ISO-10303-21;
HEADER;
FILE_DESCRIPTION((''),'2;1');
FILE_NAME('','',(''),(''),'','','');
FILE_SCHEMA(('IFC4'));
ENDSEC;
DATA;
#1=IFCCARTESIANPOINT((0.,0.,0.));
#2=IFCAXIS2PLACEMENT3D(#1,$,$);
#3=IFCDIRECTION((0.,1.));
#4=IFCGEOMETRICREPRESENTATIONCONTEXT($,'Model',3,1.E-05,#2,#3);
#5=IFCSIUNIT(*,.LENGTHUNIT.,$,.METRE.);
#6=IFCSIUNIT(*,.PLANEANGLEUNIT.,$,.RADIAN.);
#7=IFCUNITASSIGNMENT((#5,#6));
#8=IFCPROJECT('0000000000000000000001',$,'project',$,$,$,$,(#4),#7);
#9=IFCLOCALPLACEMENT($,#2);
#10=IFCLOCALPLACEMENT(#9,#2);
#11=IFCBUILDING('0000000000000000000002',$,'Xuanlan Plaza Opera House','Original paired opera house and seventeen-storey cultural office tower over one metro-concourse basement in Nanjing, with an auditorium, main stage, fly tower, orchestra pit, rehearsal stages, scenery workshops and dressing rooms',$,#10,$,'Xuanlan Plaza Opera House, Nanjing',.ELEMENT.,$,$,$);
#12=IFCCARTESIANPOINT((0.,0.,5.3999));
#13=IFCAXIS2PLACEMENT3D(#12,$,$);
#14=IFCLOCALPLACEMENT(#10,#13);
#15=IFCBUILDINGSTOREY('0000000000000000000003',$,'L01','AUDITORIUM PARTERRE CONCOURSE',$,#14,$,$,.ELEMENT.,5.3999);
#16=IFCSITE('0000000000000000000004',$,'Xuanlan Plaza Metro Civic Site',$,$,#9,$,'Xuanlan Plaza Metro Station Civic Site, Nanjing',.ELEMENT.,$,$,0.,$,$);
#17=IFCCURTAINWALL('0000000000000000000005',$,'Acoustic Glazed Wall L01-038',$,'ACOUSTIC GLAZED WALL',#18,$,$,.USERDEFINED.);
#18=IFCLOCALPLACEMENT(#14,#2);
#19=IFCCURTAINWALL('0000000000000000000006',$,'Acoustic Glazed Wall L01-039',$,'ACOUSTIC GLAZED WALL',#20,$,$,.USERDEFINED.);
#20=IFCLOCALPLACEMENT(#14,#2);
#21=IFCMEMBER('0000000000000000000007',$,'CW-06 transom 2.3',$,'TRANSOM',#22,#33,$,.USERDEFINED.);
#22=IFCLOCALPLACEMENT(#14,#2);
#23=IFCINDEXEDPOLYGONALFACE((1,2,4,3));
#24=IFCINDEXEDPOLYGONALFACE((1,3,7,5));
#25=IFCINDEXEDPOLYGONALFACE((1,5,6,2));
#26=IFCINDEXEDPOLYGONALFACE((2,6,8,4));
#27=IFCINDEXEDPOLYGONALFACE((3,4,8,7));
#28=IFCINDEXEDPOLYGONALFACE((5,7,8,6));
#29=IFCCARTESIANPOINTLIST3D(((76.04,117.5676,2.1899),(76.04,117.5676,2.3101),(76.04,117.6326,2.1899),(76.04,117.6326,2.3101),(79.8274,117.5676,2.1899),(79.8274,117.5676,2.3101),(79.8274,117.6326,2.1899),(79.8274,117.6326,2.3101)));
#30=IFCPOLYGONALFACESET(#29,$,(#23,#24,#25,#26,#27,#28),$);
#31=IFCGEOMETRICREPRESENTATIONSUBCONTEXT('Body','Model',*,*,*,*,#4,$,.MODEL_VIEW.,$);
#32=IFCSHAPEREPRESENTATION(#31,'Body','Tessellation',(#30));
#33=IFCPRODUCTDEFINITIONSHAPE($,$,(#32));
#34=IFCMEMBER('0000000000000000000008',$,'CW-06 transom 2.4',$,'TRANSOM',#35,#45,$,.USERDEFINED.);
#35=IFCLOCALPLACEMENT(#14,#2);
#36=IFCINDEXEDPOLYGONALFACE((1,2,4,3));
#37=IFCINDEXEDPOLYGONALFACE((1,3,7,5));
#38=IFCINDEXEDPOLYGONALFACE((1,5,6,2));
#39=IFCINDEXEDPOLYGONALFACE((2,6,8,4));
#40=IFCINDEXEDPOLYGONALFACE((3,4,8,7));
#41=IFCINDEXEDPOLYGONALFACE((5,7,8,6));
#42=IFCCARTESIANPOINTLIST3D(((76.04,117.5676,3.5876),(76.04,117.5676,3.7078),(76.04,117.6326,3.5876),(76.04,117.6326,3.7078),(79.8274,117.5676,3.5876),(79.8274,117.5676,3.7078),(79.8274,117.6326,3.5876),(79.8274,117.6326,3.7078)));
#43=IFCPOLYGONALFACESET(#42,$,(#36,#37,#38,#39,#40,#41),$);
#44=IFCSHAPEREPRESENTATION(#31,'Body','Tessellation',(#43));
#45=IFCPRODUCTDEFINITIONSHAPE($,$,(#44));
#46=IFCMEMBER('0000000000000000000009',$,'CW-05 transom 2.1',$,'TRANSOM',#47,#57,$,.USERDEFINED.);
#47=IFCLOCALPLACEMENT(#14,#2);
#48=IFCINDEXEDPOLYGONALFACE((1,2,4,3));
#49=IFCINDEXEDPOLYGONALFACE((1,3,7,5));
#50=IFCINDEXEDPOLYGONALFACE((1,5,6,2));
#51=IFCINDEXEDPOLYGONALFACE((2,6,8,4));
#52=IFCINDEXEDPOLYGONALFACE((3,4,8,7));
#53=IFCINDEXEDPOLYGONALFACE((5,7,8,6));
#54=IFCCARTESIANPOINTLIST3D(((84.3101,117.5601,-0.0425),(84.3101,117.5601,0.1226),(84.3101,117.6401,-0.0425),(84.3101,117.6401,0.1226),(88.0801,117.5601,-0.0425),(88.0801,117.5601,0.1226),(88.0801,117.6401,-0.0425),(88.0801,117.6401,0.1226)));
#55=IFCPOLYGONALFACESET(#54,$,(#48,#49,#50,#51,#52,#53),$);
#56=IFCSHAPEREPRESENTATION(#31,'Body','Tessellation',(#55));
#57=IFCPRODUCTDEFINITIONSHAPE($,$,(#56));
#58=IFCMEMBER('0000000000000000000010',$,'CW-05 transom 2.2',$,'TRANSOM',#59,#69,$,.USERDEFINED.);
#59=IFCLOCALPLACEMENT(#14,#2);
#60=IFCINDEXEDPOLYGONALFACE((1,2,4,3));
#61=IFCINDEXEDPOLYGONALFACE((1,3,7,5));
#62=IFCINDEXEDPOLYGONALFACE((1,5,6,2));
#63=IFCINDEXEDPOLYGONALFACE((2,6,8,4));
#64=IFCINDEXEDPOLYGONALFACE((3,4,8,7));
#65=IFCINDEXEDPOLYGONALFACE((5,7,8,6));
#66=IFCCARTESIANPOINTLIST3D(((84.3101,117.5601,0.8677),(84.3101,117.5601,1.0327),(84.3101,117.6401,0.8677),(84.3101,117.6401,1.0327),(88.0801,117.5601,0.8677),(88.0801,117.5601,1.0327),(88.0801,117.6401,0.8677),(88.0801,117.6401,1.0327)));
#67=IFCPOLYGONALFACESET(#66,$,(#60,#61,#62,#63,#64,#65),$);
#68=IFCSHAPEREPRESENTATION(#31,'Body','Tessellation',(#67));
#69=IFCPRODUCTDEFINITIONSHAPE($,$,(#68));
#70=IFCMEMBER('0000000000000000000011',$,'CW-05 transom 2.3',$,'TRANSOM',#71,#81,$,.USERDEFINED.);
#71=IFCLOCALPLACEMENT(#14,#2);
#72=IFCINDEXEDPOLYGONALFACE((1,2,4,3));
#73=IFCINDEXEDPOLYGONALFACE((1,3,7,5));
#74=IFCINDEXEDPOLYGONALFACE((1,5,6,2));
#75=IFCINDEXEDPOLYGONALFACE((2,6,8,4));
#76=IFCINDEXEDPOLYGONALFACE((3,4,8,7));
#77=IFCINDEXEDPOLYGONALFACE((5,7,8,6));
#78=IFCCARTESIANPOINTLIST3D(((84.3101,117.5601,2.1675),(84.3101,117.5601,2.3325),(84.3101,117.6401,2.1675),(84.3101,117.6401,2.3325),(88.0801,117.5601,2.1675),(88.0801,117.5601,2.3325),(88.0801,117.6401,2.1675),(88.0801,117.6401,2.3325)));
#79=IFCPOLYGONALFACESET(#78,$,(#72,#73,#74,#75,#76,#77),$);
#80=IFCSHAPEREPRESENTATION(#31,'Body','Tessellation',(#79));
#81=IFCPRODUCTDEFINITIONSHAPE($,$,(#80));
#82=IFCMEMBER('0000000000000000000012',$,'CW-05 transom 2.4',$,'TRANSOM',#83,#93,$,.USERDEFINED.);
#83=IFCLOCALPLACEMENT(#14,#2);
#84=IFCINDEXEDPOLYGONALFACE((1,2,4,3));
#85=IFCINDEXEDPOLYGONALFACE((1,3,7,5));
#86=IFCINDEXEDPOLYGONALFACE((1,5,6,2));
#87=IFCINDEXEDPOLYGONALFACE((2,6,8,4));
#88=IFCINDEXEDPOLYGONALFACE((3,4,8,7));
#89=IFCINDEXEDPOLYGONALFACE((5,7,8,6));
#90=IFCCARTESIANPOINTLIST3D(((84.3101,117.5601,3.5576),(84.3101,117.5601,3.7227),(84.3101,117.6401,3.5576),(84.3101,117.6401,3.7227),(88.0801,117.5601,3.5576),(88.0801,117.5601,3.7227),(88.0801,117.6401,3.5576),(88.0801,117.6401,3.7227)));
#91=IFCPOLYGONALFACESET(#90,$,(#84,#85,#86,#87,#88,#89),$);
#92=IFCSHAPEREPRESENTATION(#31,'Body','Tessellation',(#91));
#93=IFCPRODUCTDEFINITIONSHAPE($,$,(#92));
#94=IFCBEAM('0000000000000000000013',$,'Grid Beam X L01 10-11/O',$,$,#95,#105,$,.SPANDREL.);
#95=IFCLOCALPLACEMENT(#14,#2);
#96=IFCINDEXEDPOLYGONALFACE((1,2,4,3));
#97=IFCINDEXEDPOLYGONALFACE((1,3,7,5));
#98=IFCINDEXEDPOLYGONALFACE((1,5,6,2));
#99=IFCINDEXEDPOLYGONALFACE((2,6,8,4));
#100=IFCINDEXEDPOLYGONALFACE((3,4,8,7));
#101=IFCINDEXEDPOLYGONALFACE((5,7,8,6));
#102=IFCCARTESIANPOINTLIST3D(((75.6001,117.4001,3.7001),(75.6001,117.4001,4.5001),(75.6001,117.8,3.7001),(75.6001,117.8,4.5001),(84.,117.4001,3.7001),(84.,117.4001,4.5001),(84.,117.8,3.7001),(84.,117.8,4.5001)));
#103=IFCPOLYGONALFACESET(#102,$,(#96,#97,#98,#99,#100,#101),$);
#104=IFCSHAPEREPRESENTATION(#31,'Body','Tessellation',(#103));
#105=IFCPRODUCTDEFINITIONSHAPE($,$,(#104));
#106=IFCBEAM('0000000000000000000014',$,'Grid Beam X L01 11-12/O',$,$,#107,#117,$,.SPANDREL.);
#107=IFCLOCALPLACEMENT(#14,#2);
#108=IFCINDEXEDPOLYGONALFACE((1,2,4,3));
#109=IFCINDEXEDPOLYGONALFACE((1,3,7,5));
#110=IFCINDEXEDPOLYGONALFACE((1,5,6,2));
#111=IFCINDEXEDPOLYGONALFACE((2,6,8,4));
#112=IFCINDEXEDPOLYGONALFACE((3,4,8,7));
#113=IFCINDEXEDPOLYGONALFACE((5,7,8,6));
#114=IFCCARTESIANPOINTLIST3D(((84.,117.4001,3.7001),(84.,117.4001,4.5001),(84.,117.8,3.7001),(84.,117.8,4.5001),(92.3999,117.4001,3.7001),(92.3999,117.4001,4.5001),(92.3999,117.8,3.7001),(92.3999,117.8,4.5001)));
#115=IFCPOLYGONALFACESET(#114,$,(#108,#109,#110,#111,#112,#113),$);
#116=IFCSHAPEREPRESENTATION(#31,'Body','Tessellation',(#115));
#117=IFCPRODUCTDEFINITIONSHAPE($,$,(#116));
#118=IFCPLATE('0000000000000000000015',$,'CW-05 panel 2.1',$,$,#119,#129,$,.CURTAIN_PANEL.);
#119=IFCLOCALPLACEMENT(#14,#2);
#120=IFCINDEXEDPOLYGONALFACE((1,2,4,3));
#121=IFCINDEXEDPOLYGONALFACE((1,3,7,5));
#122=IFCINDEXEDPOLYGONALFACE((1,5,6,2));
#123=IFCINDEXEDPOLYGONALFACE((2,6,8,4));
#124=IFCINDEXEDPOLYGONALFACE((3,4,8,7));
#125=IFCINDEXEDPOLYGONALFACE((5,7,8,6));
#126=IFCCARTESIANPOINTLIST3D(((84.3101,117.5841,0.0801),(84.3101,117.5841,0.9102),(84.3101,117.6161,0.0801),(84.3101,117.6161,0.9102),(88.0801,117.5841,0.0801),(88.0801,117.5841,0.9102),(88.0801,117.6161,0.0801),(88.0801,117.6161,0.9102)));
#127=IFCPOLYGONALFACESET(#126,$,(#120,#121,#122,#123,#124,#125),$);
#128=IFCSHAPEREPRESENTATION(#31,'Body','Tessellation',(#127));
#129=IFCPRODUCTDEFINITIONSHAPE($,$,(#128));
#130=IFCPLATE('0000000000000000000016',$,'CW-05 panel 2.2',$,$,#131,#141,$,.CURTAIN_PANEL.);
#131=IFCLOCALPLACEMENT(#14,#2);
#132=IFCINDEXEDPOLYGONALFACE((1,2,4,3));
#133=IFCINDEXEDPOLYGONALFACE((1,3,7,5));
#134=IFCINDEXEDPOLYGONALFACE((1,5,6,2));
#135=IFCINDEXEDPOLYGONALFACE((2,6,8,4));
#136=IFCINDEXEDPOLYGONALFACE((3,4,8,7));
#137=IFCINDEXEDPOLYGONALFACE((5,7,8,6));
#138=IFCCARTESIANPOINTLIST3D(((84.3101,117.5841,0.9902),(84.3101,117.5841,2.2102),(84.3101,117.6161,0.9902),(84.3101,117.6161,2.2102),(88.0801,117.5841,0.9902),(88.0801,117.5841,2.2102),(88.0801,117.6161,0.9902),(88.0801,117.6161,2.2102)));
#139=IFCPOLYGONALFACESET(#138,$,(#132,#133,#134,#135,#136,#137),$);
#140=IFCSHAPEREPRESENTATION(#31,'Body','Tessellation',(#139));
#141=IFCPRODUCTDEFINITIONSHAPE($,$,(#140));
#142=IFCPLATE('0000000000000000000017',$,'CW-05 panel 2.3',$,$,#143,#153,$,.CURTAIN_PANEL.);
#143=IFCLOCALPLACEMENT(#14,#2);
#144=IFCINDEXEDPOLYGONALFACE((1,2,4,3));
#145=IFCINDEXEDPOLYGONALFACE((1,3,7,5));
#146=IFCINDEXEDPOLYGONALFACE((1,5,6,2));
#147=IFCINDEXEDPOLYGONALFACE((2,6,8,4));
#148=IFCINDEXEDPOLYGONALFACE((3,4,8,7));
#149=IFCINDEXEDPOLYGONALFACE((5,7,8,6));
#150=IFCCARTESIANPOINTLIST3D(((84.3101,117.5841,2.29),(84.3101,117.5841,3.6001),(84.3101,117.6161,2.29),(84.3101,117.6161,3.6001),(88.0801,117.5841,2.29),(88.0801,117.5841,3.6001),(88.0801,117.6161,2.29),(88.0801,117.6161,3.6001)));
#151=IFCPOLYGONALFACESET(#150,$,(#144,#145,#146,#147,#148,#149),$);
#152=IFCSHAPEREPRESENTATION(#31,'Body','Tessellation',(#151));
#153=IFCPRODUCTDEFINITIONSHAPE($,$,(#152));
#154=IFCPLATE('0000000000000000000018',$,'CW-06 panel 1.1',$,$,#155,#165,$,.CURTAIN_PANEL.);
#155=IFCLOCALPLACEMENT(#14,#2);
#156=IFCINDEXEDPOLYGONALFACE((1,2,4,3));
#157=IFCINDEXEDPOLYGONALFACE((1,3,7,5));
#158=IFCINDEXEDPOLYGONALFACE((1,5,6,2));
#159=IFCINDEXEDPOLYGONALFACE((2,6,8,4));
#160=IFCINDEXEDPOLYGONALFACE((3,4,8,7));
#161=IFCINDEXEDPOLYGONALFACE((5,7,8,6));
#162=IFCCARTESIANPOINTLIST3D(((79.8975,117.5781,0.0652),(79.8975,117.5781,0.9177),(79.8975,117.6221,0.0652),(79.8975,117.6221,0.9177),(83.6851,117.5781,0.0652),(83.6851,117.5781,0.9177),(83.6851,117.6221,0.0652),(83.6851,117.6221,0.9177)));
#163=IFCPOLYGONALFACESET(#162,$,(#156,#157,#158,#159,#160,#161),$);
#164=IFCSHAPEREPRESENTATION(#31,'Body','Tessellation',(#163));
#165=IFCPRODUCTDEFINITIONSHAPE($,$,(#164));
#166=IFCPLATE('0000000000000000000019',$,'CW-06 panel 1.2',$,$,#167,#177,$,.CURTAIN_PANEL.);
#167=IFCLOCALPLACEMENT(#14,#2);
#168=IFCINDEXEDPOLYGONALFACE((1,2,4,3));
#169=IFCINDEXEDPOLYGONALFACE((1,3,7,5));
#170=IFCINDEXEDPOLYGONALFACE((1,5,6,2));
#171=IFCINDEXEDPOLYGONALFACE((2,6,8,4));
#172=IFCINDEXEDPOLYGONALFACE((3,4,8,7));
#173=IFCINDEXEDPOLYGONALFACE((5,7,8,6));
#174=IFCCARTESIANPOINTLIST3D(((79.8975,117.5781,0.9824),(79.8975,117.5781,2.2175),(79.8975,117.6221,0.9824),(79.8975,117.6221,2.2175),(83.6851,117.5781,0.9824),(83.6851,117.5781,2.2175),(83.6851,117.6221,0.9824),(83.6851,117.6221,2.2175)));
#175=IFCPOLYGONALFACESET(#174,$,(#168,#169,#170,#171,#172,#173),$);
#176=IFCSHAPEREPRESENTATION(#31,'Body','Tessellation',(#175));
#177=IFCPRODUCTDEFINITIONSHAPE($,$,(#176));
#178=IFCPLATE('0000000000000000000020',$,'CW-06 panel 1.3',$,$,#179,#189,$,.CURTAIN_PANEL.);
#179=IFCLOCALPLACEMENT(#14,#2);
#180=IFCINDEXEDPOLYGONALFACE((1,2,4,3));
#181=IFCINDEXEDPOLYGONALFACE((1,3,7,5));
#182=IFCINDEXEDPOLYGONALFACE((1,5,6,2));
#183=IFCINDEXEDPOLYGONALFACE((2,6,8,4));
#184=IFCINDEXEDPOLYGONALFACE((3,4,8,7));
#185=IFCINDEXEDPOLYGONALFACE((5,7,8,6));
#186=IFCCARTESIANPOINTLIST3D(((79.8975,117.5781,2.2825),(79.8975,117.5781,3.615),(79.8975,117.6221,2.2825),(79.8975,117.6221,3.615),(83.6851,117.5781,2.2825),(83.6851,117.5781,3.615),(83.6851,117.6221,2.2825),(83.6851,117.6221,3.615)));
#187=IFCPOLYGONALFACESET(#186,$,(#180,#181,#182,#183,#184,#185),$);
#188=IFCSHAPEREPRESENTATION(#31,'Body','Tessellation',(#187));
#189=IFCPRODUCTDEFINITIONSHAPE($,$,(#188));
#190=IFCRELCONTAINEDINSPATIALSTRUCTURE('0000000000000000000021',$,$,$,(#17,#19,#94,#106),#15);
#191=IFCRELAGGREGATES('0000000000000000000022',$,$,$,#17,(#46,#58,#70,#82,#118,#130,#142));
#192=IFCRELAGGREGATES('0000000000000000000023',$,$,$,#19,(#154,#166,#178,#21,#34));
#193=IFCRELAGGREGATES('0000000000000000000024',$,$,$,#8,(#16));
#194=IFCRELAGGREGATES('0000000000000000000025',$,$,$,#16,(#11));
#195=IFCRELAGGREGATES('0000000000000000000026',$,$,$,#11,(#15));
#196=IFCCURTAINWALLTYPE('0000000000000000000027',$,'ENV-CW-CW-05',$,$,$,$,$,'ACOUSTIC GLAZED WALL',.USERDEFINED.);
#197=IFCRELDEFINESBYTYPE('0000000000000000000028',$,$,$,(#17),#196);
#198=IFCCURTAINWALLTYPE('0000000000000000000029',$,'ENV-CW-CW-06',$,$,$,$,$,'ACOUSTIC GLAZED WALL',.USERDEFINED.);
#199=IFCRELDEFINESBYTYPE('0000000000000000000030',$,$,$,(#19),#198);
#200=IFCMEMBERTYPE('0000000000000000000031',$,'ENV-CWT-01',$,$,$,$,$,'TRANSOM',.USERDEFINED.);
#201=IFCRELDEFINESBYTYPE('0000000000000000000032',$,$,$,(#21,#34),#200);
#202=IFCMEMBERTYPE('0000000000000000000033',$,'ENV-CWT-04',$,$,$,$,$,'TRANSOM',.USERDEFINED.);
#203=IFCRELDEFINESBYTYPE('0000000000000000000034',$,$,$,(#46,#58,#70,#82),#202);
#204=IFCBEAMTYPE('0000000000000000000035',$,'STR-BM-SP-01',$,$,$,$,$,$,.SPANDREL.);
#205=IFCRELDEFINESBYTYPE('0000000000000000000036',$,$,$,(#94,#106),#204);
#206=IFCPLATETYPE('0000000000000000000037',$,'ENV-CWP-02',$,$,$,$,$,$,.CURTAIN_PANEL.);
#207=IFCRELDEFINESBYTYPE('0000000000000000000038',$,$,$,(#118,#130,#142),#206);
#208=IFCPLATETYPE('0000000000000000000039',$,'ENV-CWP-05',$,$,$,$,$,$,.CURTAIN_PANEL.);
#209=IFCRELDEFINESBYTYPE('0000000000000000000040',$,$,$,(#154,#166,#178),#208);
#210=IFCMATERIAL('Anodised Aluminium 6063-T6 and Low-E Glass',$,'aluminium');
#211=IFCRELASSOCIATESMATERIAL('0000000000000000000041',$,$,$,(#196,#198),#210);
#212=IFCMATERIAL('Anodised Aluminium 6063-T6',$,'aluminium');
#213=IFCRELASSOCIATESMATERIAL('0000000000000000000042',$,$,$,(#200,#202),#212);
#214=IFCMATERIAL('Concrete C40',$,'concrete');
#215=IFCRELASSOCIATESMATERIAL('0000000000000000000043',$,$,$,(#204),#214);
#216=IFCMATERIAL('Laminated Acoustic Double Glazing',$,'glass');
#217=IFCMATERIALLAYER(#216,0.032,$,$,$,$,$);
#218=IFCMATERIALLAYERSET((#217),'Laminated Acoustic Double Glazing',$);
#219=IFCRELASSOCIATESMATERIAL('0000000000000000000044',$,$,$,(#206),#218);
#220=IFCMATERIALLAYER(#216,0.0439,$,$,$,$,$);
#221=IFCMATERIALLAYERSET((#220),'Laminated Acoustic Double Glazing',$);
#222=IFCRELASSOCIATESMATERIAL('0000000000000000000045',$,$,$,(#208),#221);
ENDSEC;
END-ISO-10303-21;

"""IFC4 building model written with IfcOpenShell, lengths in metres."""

from ifc_helpers import new_model, si_unit, direction, frame, origin, origin_2d, place, context, subcontext, project, spatial, rectangle, extrude, material, layer, layer_set, material_profile, profile_set, type_object, element, aggregate, save


model = new_model("IFC4")

# Units and contexts
model_context = context("Model", 3, precision=1e-05, world=origin(), true_north=direction((0.0, 1.0)))
body_context = subcontext(model_context, "Body", "Model", "MODEL_VIEW")
ifc_project = project(units=[si_unit("LENGTHUNIT", "METRE"), si_unit("PLANEANGLEUNIT", "RADIAN")], contexts=[model_context])

# Site, building, storey
site_placement = place(None, origin())
site = spatial("IfcSite", under=ifc_project, at=site_placement, Name="Xuanlan Plaza Metro Civic Site", LongName="Xuanlan Plaza Metro Station Civic Site, Nanjing", CompositionType="ELEMENT", RefElevation=0.0)
building_placement = place(site_placement, origin())
building = spatial("IfcBuilding", under=site, at=building_placement, Name="Xuanlan Plaza Opera House", Description="Original paired opera house and seventeen-storey cultural office tower over one metro-concourse basement in Nanjing, with an auditorium, main stage, fly tower, orchestra pit, rehearsal stages, scenery workshops and dressing rooms", LongName="Xuanlan Plaza Opera House, Nanjing", CompositionType="ELEMENT")
storey_placement = place(building_placement, frame((0.0, 0.0, 5.3999)))
storey = spatial("IfcBuildingStorey", under=building, at=storey_placement, Name="L01", Description="AUDITORIUM PARTERRE CONCOURSE", CompositionType="ELEMENT", Elevation=5.3999)

# Shared definitions
ifc_material_1 = material(Name="Concrete C40", Category="concrete")

# Curtain walls
ifc_material_2 = material(Name="Anodised Aluminium 6063-T6 and Low-E Glass", Category="aluminium")
curtain_wall_type_1 = type_object("IfcCurtainWallType", Name="ENV-CW-CW-05", ElementType="ACOUSTIC GLAZED WALL", PredefinedType="USERDEFINED", material=ifc_material_2)
curtain_wall_1_placement = place(storey_placement, origin())
curtain_wall_1 = element("IfcCurtainWall", 1, at=curtain_wall_1_placement, inside=storey, type_object=curtain_wall_type_1, Name="Acoustic Glazed Wall L01-038", ObjectType="ACOUSTIC GLAZED WALL", PredefinedType="USERDEFINED")
ifc_material_3 = material(Name="Anodised Aluminium 6063-T6", Category="aluminium")
curtain_wall_type_2 = type_object("IfcCurtainWallType", Name="ENV-CW-CW-06", ElementType="ACOUSTIC GLAZED WALL", PredefinedType="USERDEFINED", material=ifc_material_2)
curtain_wall_2_placement = place(storey_placement, origin())
curtain_wall_2 = element("IfcCurtainWall", 2, at=curtain_wall_2_placement, inside=storey, type_object=curtain_wall_type_2, Name="Acoustic Glazed Wall L01-039", ObjectType="ACOUSTIC GLAZED WALL", PredefinedType="USERDEFINED")

# Members
ifc_material_profile_1 = material_profile(ifc_material_3, rectangle(XDim=0.0649, YDim=0.1201, at=origin_2d()), Name="ALU-T 65x120")
ifc_profile_set_1 = profile_set([ifc_material_profile_1], Name="Anodised Aluminium 6063-T6")
member_type_1 = type_object("IfcMemberType", Name="ENV-CWT-01", ElementType="TRANSOM", PredefinedType="USERDEFINED", material=ifc_profile_set_1)
member_1_placement = place(storey_placement, frame((79.8274, 117.6001, 2.25), z_axis=(-1.0, 0.0, 0.0), x_axis=(0.0, -1.0, 0.0)))
member_1 = element("IfcMember", 3, at=member_1_placement, type_object=member_type_1, Name="CW-06 transom 2.3", ObjectType="TRANSOM", PredefinedType="USERDEFINED", context=body_context, shape_type="SweptSolid", body=[
    extrude(rectangle(XDim=0.0649, YDim=0.1201, at=origin_2d()), origin(), (0.0, 0.0, 1.0), 3.7874),
])
member_2_placement = place(storey_placement, frame((79.8274, 117.6001, 3.6477), z_axis=(-1.0, 0.0, 0.0), x_axis=(0.0, -1.0, 0.0)))
member_2 = element("IfcMember", 4, at=member_2_placement, type_object=member_type_1, Name="CW-06 transom 2.4", ObjectType="TRANSOM", PredefinedType="USERDEFINED", context=body_context, shape_type="SweptSolid", body=[
    extrude(rectangle(XDim=0.0649, YDim=0.1201, at=origin_2d()), origin(), (0.0, 0.0, 1.0), 3.7874),
])
ifc_material_profile_2 = material_profile(ifc_material_3, rectangle(XDim=0.0801, YDim=0.165, at=origin_2d()), Name="ALU-T 80x165")
ifc_profile_set_2 = profile_set([ifc_material_profile_2], Name="Anodised Aluminium 6063-T6")
member_type_2 = type_object("IfcMemberType", Name="ENV-CWT-04", ElementType="TRANSOM", PredefinedType="USERDEFINED", material=ifc_profile_set_2)
member_3_placement = place(storey_placement, frame((88.0801, 117.6001, 0.04), z_axis=(-1.0, 0.0, 0.0), x_axis=(0.0, -1.0, 0.0)))
member_3 = element("IfcMember", 5, at=member_3_placement, type_object=member_type_2, Name="CW-05 transom 2.1", ObjectType="TRANSOM", PredefinedType="USERDEFINED", context=body_context, shape_type="SweptSolid", body=[
    extrude(rectangle(XDim=0.0801, YDim=0.165, at=origin_2d()), origin(), (0.0, 0.0, 1.0), 3.77),
])
member_4_placement = place(storey_placement, frame((88.0801, 117.6001, 0.9502), z_axis=(-1.0, 0.0, 0.0), x_axis=(0.0, -1.0, 0.0)))
member_4 = element("IfcMember", 6, at=member_4_placement, type_object=member_type_2, Name="CW-05 transom 2.2", ObjectType="TRANSOM", PredefinedType="USERDEFINED", context=body_context, shape_type="SweptSolid", body=[
    extrude(rectangle(XDim=0.0801, YDim=0.165, at=origin_2d()), origin(), (0.0, 0.0, 1.0), 3.77),
])
member_5_placement = place(storey_placement, frame((88.0801, 117.6001, 2.25), z_axis=(-1.0, 0.0, 0.0), x_axis=(0.0, -1.0, 0.0)))
member_5 = element("IfcMember", 7, at=member_5_placement, type_object=member_type_2, Name="CW-05 transom 2.3", ObjectType="TRANSOM", PredefinedType="USERDEFINED", context=body_context, shape_type="SweptSolid", body=[
    extrude(rectangle(XDim=0.0801, YDim=0.165, at=origin_2d()), origin(), (0.0, 0.0, 1.0), 3.77),
])
member_6_placement = place(storey_placement, frame((88.0801, 117.6001, 3.6401), z_axis=(-1.0, 0.0, 0.0), x_axis=(0.0, -1.0, 0.0)))
member_6 = element("IfcMember", 8, at=member_6_placement, type_object=member_type_2, Name="CW-05 transom 2.4", ObjectType="TRANSOM", PredefinedType="USERDEFINED", context=body_context, shape_type="SweptSolid", body=[
    extrude(rectangle(XDim=0.0801, YDim=0.165, at=origin_2d()), origin(), (0.0, 0.0, 1.0), 3.77),
])

# Beams
ifc_material_profile_3 = material_profile(ifc_material_1, rectangle(XDim=0.3999, YDim=0.8, at=origin_2d()), Name="RC-SPD 400x800")
ifc_profile_set_3 = profile_set([ifc_material_profile_3], Name="Concrete C40")
beam_type = type_object("IfcBeamType", Name="STR-BM-SP-01", PredefinedType="SPANDREL", material=ifc_profile_set_3)
for number, where, z_axis, x_axis, name in (
    (9, (75.6001, 117.6001, 4.1001), (1.0, 0.0, 0.0), (0.0, 1.0, 0.0), "Grid Beam X L01 10-11/O"),
    (10, (84.0, 117.6001, 4.1001), (1.0, 0.0, 0.0), (0.0, 1.0, 0.0), "Grid Beam X L01 11-12/O"),
):
    element("IfcBeam", number, at=place(storey_placement, frame(where, z_axis=z_axis, x_axis=x_axis)), inside=storey, type_object=beam_type, Name=name, PredefinedType="SPANDREL", context=body_context, shape_type="SweptSolid", body=[
        extrude(rectangle(XDim=0.3999, YDim=0.8, at=origin_2d()), origin(), (0.0, 0.0, 1.0), 8.3999),
    ])

# Plates
ifc_material_4 = material(Name="Laminated Acoustic Double Glazing", Category="glass")
ifc_layer_1 = layer(ifc_material_4, 0.032)
ifc_layer_set_1 = layer_set([ifc_layer_1], Name="Laminated Acoustic Double Glazing")
plate_type_1 = type_object("IfcPlateType", Name="ENV-CWP-02", PredefinedType="CURTAIN_PANEL", material=ifc_layer_set_1)
plate_1_placement = place(storey_placement, frame((86.1951, 117.6001, 0.0801), z_axis=(0.0, 0.0, 1.0), x_axis=(-1.0, 0.0, 0.0)))
plate_1 = element("IfcPlate", 11, at=plate_1_placement, type_object=plate_type_1, Name="CW-05 panel 2.1", PredefinedType="CURTAIN_PANEL", context=body_context, shape_type="SweptSolid", body=[
    extrude(rectangle(XDim=3.77, YDim=0.032, at=origin_2d()), origin(), (0.0, 0.0, 1.0), 0.8301),
])
plate_2_placement = place(storey_placement, frame((86.1951, 117.6001, 0.9902), z_axis=(0.0, 0.0, 1.0), x_axis=(-1.0, 0.0, 0.0)))
plate_2 = element("IfcPlate", 12, at=plate_2_placement, type_object=plate_type_1, Name="CW-05 panel 2.2", PredefinedType="CURTAIN_PANEL", context=body_context, shape_type="SweptSolid", body=[
    extrude(rectangle(XDim=3.77, YDim=0.032, at=origin_2d()), origin(), (0.0, 0.0, 1.0), 1.22),
])
plate_3_placement = place(storey_placement, frame((86.1951, 117.6001, 2.29), z_axis=(0.0, 0.0, 1.0), x_axis=(-1.0, 0.0, 0.0)))
plate_3 = element("IfcPlate", 13, at=plate_3_placement, type_object=plate_type_1, Name="CW-05 panel 2.3", PredefinedType="CURTAIN_PANEL", context=body_context, shape_type="SweptSolid", body=[
    extrude(rectangle(XDim=3.77, YDim=0.032, at=origin_2d()), origin(), (0.0, 0.0, 1.0), 1.3101),
])
aggregate(curtain_wall_1, [member_3, member_4, member_5, member_6, plate_1, plate_2, plate_3])
ifc_layer_2 = layer(ifc_material_4, 0.0439)
ifc_layer_set_2 = layer_set([ifc_layer_2], Name="Laminated Acoustic Double Glazing")
plate_type_2 = type_object("IfcPlateType", Name="ENV-CWP-05", PredefinedType="CURTAIN_PANEL", material=ifc_layer_set_2)
plate_4_placement = place(storey_placement, frame((81.7913, 117.6001, 0.0652), z_axis=(0.0, 0.0, 1.0), x_axis=(-1.0, 0.0, 0.0)))
plate_4 = element("IfcPlate", 14, at=plate_4_placement, type_object=plate_type_2, Name="CW-06 panel 1.1", PredefinedType="CURTAIN_PANEL", context=body_context, shape_type="SweptSolid", body=[
    extrude(rectangle(XDim=3.7876, YDim=0.0439, at=origin_2d()), origin(), (0.0, 0.0, 1.0), 0.8525),
])
plate_5_placement = place(storey_placement, frame((81.7913, 117.6001, 0.9824), z_axis=(0.0, 0.0, 1.0), x_axis=(-1.0, 0.0, 0.0)))
plate_5 = element("IfcPlate", 15, at=plate_5_placement, type_object=plate_type_2, Name="CW-06 panel 1.2", PredefinedType="CURTAIN_PANEL", context=body_context, shape_type="SweptSolid", body=[
    extrude(rectangle(XDim=3.7876, YDim=0.0439, at=origin_2d()), origin(), (0.0, 0.0, 1.0), 1.2351),
])
plate_6_placement = place(storey_placement, frame((81.7913, 117.6001, 2.2825), z_axis=(0.0, 0.0, 1.0), x_axis=(-1.0, 0.0, 0.0)))
plate_6 = element("IfcPlate", 16, at=plate_6_placement, type_object=plate_type_2, Name="CW-06 panel 1.3", PredefinedType="CURTAIN_PANEL", context=body_context, shape_type="SweptSolid", body=[
    extrude(rectangle(XDim=3.7876, YDim=0.0439, at=origin_2d()), origin(), (0.0, 0.0, 1.0), 1.3325),
])
aggregate(curtain_wall_2, [plate_4, plate_5, plate_6, member_1, member_2])

save(model, "model.ifc")
